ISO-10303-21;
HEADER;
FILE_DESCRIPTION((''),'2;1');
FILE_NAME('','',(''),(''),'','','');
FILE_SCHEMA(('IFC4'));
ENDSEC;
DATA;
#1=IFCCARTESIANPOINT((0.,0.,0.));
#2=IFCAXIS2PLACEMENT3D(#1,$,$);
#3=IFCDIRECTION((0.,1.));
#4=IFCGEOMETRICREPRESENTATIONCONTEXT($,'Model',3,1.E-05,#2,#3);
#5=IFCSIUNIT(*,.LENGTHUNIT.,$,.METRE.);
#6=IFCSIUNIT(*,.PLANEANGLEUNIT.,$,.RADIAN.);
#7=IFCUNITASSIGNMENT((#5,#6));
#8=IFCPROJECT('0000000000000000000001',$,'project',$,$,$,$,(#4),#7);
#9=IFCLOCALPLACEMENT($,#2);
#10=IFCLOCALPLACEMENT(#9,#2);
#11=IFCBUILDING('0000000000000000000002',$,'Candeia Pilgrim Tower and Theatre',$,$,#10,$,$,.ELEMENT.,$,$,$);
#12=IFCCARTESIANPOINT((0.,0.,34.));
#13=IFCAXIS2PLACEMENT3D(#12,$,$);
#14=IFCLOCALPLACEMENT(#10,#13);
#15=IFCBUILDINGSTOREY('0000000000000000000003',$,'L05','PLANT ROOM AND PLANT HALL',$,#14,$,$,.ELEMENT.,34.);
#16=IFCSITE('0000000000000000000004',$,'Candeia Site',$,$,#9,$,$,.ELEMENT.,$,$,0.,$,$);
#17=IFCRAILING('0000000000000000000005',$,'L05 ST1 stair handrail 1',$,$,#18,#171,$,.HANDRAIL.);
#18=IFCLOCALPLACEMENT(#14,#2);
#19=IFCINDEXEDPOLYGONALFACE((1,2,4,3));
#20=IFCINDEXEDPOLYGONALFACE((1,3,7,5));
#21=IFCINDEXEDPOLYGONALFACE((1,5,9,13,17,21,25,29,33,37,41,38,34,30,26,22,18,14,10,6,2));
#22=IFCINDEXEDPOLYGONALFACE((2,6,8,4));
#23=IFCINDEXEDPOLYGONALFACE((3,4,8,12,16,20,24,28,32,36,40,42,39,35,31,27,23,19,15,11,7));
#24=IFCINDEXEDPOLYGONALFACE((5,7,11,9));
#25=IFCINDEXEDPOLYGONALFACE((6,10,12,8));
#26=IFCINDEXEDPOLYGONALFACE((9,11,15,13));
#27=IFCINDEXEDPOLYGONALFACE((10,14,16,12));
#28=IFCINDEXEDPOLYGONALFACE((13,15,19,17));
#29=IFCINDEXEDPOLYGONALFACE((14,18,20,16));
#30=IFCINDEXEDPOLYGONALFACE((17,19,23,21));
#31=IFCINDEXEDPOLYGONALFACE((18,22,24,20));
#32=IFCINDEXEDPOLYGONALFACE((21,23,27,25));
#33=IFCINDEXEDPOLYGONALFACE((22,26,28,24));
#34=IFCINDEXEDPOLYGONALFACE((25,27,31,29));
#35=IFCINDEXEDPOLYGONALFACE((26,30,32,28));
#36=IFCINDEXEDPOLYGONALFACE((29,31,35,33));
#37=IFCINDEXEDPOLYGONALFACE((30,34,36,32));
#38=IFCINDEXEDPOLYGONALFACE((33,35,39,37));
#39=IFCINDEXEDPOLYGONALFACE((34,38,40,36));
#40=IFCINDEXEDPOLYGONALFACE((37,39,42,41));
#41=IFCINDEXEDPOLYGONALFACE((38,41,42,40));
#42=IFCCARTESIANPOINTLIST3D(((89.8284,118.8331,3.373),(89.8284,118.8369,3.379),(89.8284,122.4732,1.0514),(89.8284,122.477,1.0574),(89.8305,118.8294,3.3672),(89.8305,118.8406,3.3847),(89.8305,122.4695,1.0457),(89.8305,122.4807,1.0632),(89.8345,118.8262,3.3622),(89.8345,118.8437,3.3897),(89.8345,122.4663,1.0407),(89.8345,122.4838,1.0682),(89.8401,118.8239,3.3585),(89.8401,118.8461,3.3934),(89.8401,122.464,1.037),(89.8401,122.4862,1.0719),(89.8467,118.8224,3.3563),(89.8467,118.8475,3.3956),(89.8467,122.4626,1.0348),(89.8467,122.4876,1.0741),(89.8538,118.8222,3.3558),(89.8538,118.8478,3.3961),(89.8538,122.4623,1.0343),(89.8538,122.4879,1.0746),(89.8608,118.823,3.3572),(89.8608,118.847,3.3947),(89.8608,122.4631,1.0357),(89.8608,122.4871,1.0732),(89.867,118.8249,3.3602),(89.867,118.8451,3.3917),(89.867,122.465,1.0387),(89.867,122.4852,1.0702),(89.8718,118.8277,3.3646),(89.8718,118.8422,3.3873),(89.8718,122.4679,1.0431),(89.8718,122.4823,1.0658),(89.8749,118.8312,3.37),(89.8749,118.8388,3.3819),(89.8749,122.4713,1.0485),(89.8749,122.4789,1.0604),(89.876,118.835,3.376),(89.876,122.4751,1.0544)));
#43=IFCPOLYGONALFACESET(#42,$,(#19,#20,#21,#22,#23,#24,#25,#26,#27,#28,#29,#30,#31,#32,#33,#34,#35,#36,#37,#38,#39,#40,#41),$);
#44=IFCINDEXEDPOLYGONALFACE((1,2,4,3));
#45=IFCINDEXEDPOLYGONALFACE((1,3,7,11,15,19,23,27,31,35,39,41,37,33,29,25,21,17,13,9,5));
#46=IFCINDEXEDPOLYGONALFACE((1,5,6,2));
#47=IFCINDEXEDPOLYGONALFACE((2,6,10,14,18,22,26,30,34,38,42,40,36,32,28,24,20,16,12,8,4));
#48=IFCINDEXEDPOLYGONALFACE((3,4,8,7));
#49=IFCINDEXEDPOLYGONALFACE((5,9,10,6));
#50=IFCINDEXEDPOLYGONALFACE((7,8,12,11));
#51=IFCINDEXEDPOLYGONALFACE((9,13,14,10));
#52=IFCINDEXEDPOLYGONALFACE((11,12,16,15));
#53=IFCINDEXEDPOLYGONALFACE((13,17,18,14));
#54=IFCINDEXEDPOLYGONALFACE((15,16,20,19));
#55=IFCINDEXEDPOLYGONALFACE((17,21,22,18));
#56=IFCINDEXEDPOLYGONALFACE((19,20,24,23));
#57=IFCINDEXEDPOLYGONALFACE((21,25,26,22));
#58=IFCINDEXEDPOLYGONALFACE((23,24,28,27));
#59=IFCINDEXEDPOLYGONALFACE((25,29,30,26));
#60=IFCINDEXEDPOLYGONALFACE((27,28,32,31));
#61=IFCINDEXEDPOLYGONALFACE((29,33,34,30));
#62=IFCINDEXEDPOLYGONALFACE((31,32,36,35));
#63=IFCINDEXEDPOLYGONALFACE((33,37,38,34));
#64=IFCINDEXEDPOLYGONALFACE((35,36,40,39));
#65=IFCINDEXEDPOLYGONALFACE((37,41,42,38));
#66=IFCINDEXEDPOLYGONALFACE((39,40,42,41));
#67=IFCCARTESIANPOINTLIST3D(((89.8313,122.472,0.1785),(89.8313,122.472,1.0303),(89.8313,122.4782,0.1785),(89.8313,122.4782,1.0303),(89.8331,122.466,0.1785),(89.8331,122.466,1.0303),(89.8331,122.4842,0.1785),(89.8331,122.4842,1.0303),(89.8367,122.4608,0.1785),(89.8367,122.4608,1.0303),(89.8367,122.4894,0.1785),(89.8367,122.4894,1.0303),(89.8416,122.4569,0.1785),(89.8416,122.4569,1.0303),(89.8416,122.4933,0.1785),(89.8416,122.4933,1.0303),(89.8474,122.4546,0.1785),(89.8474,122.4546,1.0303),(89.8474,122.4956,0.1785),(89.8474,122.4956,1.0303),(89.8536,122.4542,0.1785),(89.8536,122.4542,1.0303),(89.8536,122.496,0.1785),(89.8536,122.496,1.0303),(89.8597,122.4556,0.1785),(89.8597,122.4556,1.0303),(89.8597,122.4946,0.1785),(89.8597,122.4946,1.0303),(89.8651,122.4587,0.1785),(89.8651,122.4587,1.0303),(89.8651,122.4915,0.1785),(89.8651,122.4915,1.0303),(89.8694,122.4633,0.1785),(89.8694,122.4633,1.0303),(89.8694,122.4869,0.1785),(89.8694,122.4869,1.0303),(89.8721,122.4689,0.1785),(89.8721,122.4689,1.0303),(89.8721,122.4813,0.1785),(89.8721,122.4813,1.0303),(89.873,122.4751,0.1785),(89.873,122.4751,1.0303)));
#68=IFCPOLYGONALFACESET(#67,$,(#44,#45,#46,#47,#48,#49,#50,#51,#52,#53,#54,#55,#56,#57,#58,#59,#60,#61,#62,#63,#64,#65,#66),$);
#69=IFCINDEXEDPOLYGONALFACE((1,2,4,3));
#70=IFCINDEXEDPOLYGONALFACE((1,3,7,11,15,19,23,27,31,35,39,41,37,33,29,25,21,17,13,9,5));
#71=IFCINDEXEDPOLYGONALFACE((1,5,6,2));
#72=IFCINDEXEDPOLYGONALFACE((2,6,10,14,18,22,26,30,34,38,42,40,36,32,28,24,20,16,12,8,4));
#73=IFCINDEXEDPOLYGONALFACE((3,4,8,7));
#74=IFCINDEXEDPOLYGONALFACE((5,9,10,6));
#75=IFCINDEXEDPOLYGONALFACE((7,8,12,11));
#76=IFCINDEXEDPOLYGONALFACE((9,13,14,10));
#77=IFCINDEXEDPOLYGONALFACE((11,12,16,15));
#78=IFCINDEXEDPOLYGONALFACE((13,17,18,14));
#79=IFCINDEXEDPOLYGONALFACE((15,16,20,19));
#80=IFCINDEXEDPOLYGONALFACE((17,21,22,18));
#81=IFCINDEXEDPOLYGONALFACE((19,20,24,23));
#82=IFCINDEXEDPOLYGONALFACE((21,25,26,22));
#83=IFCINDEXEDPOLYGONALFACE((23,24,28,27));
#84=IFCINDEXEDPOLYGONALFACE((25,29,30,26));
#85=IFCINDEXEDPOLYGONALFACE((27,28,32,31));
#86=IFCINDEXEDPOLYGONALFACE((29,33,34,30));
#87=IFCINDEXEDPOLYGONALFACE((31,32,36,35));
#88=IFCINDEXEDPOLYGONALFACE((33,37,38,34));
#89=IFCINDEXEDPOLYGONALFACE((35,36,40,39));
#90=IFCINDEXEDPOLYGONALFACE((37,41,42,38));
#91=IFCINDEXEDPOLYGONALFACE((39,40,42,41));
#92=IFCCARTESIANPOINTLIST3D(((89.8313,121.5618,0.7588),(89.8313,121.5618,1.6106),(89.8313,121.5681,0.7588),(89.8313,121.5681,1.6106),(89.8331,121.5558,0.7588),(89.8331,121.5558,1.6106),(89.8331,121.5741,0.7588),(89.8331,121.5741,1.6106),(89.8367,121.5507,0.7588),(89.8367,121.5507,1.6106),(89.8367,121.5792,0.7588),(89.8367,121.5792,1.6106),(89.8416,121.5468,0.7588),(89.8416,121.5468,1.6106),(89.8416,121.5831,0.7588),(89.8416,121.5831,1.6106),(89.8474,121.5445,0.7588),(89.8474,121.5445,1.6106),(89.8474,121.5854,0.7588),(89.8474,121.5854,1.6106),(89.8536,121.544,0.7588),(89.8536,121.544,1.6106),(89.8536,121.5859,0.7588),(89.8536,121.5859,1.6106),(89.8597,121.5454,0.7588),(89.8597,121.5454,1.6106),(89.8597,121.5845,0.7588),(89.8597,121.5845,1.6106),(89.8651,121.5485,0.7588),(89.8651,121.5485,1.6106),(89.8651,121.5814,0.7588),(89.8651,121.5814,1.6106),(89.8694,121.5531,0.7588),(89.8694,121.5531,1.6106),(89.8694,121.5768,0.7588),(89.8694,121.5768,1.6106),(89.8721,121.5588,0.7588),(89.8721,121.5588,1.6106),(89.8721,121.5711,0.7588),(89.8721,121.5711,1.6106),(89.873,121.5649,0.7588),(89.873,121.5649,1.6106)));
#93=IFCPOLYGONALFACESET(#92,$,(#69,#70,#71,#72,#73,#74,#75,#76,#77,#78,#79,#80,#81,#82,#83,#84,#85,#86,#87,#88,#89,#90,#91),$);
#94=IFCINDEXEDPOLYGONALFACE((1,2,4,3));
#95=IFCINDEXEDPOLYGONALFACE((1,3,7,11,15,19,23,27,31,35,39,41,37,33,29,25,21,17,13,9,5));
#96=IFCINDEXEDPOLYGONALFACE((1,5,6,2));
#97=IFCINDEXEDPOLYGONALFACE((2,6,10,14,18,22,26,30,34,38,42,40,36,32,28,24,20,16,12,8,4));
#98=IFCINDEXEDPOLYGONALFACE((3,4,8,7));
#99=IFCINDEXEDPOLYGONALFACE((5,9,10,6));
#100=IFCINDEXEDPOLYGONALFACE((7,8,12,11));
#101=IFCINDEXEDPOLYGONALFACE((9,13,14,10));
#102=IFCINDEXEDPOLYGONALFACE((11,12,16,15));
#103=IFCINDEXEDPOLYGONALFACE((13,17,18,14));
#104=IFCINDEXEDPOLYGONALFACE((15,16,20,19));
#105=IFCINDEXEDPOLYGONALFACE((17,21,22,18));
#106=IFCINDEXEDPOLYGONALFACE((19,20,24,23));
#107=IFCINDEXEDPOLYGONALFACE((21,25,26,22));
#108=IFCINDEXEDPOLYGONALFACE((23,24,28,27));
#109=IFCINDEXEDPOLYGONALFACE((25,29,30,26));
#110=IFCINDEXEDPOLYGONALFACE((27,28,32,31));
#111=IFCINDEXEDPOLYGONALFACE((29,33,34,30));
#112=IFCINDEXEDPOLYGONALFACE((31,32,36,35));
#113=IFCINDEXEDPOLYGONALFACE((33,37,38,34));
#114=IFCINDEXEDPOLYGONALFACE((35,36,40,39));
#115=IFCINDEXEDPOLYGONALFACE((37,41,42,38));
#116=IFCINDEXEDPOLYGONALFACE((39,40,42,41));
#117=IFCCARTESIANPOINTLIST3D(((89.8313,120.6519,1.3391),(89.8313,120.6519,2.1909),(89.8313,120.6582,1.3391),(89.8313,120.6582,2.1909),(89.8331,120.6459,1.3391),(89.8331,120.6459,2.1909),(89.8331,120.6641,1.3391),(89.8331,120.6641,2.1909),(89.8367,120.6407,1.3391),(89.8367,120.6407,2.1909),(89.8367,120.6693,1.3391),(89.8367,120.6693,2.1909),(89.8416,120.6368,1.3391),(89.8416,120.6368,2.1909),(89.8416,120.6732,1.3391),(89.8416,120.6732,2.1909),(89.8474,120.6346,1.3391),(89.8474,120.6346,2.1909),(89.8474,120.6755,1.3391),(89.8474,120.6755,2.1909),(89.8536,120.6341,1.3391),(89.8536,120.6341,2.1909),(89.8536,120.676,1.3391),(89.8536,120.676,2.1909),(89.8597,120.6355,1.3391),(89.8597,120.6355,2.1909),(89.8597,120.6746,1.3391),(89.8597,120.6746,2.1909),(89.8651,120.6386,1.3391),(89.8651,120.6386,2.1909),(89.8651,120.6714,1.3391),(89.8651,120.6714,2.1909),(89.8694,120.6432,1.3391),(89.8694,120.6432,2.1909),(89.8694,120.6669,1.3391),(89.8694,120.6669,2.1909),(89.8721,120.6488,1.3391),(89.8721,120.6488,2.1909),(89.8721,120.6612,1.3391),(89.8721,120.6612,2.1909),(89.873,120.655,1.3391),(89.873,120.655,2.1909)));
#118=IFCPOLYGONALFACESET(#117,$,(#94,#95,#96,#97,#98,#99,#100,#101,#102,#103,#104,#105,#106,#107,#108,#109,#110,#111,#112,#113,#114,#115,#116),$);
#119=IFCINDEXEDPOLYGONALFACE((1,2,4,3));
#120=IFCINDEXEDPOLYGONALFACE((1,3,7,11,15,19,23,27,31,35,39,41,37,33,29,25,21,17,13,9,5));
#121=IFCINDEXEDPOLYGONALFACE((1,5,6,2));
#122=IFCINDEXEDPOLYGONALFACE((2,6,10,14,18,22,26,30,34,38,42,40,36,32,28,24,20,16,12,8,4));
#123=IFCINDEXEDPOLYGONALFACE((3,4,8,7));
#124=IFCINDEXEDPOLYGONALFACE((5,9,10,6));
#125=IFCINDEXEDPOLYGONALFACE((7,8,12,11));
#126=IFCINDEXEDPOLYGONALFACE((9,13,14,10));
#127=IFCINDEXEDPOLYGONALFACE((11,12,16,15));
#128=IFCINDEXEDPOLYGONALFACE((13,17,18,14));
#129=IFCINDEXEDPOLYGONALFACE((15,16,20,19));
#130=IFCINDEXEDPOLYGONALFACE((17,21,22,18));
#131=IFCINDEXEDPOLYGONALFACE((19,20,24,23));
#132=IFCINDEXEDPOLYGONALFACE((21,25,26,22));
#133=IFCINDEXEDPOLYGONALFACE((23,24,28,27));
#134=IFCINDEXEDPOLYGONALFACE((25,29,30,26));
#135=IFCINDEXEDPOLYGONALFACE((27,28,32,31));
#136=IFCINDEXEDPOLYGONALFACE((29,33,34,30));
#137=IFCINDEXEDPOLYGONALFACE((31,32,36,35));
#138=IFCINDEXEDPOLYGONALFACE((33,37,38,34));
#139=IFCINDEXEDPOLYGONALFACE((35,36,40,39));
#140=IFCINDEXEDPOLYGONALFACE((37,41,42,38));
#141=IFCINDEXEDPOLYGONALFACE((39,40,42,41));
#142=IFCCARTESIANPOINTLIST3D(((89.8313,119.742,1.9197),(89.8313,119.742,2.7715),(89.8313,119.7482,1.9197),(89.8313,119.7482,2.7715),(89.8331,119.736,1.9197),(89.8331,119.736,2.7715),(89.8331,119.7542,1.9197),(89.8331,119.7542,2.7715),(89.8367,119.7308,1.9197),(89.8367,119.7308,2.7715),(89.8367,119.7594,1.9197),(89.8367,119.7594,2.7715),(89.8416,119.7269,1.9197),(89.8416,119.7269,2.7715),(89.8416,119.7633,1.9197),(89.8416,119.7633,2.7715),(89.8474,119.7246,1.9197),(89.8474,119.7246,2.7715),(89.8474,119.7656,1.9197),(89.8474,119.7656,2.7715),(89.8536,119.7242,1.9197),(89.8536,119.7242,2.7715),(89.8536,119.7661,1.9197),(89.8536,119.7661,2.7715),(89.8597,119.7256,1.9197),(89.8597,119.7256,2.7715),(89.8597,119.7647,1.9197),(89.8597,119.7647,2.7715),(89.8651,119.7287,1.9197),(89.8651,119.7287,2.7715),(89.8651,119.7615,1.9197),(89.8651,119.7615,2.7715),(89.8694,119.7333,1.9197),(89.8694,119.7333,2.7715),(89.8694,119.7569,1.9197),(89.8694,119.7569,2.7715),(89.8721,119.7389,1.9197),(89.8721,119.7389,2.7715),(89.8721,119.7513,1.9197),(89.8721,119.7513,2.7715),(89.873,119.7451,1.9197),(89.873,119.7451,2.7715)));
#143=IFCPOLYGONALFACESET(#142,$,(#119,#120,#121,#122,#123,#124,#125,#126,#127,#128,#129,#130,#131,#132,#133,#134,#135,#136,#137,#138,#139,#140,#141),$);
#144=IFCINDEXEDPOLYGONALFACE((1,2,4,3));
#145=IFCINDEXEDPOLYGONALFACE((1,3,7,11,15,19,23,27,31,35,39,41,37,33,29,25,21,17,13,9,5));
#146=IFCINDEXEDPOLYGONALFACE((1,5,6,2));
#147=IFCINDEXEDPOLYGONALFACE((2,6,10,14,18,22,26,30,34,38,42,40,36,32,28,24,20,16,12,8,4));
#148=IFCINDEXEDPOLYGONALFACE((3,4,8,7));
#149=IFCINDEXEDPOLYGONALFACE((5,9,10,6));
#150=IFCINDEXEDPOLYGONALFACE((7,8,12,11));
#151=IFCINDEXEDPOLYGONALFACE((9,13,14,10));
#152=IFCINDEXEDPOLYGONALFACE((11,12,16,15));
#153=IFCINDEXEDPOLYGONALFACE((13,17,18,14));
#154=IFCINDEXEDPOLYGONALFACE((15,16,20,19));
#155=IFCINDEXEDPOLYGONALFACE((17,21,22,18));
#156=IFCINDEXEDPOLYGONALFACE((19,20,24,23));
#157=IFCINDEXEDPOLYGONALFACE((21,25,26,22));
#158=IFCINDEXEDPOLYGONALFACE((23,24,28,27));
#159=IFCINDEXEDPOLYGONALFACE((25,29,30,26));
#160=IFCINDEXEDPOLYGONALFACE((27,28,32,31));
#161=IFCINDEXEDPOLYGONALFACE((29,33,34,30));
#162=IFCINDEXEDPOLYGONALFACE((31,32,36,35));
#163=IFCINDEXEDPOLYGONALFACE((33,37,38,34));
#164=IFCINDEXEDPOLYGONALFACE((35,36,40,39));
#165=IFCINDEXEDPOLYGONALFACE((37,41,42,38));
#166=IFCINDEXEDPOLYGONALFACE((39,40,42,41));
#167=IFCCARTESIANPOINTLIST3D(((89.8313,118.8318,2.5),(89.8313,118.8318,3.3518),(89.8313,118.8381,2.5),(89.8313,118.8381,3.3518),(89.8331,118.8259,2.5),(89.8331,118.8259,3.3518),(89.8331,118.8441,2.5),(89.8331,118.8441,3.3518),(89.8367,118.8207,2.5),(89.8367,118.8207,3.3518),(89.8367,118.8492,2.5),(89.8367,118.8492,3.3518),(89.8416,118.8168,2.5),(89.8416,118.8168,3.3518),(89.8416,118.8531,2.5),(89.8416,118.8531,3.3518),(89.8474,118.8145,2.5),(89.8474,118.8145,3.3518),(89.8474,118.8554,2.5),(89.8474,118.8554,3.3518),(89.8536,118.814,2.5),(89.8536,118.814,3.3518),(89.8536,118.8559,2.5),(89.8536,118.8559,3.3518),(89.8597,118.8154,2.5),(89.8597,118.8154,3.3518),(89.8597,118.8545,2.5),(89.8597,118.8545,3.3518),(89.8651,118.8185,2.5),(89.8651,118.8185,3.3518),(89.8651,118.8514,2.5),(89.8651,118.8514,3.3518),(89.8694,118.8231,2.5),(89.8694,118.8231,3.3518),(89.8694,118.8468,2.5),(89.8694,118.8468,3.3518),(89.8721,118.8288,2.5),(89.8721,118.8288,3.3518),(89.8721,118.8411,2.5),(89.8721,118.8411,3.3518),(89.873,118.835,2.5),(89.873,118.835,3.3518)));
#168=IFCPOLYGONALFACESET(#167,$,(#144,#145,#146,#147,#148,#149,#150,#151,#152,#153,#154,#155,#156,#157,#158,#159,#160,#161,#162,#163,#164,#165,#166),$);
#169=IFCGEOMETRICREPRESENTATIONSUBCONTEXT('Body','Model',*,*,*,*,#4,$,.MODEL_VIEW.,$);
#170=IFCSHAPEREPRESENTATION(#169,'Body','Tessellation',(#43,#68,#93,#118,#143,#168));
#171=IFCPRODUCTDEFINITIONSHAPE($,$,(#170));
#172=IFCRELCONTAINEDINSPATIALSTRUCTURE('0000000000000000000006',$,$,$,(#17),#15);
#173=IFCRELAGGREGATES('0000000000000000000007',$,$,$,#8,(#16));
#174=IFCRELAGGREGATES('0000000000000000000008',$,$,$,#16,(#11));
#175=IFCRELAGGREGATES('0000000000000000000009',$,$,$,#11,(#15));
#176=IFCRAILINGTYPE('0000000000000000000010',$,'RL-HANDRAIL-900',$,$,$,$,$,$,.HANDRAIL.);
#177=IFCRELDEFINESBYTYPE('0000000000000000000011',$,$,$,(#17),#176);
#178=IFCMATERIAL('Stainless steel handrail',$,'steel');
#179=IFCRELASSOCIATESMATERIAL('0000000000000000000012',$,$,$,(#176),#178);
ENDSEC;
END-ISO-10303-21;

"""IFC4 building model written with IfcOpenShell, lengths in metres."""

from ifc_helpers import new_model, si_unit, direction, frame, origin, origin_2d, place, context, subcontext, project, spatial, circle, extrude, material, type_object, element, save


model = new_model("IFC4")

# Units and contexts
model_context = context("Model", 3, precision=1e-05, world=origin(), true_north=direction((0.0, 1.0)))
body_context = subcontext(model_context, "Body", "Model", "MODEL_VIEW")
ifc_project = project(units=[si_unit("LENGTHUNIT", "METRE"), si_unit("PLANEANGLEUNIT", "RADIAN")], contexts=[model_context])

# Site, building, storey
site_placement = place(None, origin())
site = spatial("IfcSite", under=ifc_project, at=site_placement, Name="Candeia Site", CompositionType="ELEMENT", RefElevation=0.0)
building_placement = place(site_placement, origin())
building = spatial("IfcBuilding", under=site, at=building_placement, Name="Candeia Pilgrim Tower and Theatre", CompositionType="ELEMENT")
storey_placement = place(building_placement, frame((0.0, 0.0, 34.0)))
storey = spatial("IfcBuildingStorey", under=building, at=storey_placement, Name="L05", Description="PLANT ROOM AND PLANT HALL", CompositionType="ELEMENT", Elevation=34.0)

# Railing
ifc_material_1 = material(Name="Stainless steel handrail", Category="steel")
railing_type_1 = type_object("IfcRailingType", Name="RL-HANDRAIL-900", PredefinedType="HANDRAIL", material=ifc_material_1)
for number, where, name in (
    (1, (89.8521, 122.4751, 0.1785), "L05 ST1 stair handrail 1"),
):
    element("IfcRailing", number, at=place(storey_placement, frame(where)), inside=storey, type_object=railing_type_1, Name=name, PredefinedType="HANDRAIL", context=body_context, shape_type="SweptSolid", body=[
        extrude(circle(Radius=0.0239, at=origin_2d()), frame((0.0, 0.0, 0.876), z_axis=(0.0, -0.843128, 0.537713), x_axis=(1.0, 0.0, 0.0)), (0.0, 0.0, 1.0), 4.3174),
        extrude(circle(Radius=0.021, at=origin_2d()), origin(), (0.0, 0.0, 1.0), 0.8518),
        extrude(circle(Radius=0.021, at=origin_2d()), frame((0.0, -0.9102, 0.5803)), (0.0, 0.0, 1.0), 0.8518),
        extrude(circle(Radius=0.021, at=origin_2d()), frame((0.0, -1.8201, 1.1606)), (0.0, 0.0, 1.0), 0.8518),
        extrude(circle(Radius=0.021, at=origin_2d()), frame((0.0, -2.73, 1.7412)), (0.0, 0.0, 1.0), 0.8518),
        extrude(circle(Radius=0.021, at=origin_2d()), frame((0.0, -3.6401, 2.3215)), (0.0, 0.0, 1.0), 0.8518),
    ])

save(model, "model.ifc")
